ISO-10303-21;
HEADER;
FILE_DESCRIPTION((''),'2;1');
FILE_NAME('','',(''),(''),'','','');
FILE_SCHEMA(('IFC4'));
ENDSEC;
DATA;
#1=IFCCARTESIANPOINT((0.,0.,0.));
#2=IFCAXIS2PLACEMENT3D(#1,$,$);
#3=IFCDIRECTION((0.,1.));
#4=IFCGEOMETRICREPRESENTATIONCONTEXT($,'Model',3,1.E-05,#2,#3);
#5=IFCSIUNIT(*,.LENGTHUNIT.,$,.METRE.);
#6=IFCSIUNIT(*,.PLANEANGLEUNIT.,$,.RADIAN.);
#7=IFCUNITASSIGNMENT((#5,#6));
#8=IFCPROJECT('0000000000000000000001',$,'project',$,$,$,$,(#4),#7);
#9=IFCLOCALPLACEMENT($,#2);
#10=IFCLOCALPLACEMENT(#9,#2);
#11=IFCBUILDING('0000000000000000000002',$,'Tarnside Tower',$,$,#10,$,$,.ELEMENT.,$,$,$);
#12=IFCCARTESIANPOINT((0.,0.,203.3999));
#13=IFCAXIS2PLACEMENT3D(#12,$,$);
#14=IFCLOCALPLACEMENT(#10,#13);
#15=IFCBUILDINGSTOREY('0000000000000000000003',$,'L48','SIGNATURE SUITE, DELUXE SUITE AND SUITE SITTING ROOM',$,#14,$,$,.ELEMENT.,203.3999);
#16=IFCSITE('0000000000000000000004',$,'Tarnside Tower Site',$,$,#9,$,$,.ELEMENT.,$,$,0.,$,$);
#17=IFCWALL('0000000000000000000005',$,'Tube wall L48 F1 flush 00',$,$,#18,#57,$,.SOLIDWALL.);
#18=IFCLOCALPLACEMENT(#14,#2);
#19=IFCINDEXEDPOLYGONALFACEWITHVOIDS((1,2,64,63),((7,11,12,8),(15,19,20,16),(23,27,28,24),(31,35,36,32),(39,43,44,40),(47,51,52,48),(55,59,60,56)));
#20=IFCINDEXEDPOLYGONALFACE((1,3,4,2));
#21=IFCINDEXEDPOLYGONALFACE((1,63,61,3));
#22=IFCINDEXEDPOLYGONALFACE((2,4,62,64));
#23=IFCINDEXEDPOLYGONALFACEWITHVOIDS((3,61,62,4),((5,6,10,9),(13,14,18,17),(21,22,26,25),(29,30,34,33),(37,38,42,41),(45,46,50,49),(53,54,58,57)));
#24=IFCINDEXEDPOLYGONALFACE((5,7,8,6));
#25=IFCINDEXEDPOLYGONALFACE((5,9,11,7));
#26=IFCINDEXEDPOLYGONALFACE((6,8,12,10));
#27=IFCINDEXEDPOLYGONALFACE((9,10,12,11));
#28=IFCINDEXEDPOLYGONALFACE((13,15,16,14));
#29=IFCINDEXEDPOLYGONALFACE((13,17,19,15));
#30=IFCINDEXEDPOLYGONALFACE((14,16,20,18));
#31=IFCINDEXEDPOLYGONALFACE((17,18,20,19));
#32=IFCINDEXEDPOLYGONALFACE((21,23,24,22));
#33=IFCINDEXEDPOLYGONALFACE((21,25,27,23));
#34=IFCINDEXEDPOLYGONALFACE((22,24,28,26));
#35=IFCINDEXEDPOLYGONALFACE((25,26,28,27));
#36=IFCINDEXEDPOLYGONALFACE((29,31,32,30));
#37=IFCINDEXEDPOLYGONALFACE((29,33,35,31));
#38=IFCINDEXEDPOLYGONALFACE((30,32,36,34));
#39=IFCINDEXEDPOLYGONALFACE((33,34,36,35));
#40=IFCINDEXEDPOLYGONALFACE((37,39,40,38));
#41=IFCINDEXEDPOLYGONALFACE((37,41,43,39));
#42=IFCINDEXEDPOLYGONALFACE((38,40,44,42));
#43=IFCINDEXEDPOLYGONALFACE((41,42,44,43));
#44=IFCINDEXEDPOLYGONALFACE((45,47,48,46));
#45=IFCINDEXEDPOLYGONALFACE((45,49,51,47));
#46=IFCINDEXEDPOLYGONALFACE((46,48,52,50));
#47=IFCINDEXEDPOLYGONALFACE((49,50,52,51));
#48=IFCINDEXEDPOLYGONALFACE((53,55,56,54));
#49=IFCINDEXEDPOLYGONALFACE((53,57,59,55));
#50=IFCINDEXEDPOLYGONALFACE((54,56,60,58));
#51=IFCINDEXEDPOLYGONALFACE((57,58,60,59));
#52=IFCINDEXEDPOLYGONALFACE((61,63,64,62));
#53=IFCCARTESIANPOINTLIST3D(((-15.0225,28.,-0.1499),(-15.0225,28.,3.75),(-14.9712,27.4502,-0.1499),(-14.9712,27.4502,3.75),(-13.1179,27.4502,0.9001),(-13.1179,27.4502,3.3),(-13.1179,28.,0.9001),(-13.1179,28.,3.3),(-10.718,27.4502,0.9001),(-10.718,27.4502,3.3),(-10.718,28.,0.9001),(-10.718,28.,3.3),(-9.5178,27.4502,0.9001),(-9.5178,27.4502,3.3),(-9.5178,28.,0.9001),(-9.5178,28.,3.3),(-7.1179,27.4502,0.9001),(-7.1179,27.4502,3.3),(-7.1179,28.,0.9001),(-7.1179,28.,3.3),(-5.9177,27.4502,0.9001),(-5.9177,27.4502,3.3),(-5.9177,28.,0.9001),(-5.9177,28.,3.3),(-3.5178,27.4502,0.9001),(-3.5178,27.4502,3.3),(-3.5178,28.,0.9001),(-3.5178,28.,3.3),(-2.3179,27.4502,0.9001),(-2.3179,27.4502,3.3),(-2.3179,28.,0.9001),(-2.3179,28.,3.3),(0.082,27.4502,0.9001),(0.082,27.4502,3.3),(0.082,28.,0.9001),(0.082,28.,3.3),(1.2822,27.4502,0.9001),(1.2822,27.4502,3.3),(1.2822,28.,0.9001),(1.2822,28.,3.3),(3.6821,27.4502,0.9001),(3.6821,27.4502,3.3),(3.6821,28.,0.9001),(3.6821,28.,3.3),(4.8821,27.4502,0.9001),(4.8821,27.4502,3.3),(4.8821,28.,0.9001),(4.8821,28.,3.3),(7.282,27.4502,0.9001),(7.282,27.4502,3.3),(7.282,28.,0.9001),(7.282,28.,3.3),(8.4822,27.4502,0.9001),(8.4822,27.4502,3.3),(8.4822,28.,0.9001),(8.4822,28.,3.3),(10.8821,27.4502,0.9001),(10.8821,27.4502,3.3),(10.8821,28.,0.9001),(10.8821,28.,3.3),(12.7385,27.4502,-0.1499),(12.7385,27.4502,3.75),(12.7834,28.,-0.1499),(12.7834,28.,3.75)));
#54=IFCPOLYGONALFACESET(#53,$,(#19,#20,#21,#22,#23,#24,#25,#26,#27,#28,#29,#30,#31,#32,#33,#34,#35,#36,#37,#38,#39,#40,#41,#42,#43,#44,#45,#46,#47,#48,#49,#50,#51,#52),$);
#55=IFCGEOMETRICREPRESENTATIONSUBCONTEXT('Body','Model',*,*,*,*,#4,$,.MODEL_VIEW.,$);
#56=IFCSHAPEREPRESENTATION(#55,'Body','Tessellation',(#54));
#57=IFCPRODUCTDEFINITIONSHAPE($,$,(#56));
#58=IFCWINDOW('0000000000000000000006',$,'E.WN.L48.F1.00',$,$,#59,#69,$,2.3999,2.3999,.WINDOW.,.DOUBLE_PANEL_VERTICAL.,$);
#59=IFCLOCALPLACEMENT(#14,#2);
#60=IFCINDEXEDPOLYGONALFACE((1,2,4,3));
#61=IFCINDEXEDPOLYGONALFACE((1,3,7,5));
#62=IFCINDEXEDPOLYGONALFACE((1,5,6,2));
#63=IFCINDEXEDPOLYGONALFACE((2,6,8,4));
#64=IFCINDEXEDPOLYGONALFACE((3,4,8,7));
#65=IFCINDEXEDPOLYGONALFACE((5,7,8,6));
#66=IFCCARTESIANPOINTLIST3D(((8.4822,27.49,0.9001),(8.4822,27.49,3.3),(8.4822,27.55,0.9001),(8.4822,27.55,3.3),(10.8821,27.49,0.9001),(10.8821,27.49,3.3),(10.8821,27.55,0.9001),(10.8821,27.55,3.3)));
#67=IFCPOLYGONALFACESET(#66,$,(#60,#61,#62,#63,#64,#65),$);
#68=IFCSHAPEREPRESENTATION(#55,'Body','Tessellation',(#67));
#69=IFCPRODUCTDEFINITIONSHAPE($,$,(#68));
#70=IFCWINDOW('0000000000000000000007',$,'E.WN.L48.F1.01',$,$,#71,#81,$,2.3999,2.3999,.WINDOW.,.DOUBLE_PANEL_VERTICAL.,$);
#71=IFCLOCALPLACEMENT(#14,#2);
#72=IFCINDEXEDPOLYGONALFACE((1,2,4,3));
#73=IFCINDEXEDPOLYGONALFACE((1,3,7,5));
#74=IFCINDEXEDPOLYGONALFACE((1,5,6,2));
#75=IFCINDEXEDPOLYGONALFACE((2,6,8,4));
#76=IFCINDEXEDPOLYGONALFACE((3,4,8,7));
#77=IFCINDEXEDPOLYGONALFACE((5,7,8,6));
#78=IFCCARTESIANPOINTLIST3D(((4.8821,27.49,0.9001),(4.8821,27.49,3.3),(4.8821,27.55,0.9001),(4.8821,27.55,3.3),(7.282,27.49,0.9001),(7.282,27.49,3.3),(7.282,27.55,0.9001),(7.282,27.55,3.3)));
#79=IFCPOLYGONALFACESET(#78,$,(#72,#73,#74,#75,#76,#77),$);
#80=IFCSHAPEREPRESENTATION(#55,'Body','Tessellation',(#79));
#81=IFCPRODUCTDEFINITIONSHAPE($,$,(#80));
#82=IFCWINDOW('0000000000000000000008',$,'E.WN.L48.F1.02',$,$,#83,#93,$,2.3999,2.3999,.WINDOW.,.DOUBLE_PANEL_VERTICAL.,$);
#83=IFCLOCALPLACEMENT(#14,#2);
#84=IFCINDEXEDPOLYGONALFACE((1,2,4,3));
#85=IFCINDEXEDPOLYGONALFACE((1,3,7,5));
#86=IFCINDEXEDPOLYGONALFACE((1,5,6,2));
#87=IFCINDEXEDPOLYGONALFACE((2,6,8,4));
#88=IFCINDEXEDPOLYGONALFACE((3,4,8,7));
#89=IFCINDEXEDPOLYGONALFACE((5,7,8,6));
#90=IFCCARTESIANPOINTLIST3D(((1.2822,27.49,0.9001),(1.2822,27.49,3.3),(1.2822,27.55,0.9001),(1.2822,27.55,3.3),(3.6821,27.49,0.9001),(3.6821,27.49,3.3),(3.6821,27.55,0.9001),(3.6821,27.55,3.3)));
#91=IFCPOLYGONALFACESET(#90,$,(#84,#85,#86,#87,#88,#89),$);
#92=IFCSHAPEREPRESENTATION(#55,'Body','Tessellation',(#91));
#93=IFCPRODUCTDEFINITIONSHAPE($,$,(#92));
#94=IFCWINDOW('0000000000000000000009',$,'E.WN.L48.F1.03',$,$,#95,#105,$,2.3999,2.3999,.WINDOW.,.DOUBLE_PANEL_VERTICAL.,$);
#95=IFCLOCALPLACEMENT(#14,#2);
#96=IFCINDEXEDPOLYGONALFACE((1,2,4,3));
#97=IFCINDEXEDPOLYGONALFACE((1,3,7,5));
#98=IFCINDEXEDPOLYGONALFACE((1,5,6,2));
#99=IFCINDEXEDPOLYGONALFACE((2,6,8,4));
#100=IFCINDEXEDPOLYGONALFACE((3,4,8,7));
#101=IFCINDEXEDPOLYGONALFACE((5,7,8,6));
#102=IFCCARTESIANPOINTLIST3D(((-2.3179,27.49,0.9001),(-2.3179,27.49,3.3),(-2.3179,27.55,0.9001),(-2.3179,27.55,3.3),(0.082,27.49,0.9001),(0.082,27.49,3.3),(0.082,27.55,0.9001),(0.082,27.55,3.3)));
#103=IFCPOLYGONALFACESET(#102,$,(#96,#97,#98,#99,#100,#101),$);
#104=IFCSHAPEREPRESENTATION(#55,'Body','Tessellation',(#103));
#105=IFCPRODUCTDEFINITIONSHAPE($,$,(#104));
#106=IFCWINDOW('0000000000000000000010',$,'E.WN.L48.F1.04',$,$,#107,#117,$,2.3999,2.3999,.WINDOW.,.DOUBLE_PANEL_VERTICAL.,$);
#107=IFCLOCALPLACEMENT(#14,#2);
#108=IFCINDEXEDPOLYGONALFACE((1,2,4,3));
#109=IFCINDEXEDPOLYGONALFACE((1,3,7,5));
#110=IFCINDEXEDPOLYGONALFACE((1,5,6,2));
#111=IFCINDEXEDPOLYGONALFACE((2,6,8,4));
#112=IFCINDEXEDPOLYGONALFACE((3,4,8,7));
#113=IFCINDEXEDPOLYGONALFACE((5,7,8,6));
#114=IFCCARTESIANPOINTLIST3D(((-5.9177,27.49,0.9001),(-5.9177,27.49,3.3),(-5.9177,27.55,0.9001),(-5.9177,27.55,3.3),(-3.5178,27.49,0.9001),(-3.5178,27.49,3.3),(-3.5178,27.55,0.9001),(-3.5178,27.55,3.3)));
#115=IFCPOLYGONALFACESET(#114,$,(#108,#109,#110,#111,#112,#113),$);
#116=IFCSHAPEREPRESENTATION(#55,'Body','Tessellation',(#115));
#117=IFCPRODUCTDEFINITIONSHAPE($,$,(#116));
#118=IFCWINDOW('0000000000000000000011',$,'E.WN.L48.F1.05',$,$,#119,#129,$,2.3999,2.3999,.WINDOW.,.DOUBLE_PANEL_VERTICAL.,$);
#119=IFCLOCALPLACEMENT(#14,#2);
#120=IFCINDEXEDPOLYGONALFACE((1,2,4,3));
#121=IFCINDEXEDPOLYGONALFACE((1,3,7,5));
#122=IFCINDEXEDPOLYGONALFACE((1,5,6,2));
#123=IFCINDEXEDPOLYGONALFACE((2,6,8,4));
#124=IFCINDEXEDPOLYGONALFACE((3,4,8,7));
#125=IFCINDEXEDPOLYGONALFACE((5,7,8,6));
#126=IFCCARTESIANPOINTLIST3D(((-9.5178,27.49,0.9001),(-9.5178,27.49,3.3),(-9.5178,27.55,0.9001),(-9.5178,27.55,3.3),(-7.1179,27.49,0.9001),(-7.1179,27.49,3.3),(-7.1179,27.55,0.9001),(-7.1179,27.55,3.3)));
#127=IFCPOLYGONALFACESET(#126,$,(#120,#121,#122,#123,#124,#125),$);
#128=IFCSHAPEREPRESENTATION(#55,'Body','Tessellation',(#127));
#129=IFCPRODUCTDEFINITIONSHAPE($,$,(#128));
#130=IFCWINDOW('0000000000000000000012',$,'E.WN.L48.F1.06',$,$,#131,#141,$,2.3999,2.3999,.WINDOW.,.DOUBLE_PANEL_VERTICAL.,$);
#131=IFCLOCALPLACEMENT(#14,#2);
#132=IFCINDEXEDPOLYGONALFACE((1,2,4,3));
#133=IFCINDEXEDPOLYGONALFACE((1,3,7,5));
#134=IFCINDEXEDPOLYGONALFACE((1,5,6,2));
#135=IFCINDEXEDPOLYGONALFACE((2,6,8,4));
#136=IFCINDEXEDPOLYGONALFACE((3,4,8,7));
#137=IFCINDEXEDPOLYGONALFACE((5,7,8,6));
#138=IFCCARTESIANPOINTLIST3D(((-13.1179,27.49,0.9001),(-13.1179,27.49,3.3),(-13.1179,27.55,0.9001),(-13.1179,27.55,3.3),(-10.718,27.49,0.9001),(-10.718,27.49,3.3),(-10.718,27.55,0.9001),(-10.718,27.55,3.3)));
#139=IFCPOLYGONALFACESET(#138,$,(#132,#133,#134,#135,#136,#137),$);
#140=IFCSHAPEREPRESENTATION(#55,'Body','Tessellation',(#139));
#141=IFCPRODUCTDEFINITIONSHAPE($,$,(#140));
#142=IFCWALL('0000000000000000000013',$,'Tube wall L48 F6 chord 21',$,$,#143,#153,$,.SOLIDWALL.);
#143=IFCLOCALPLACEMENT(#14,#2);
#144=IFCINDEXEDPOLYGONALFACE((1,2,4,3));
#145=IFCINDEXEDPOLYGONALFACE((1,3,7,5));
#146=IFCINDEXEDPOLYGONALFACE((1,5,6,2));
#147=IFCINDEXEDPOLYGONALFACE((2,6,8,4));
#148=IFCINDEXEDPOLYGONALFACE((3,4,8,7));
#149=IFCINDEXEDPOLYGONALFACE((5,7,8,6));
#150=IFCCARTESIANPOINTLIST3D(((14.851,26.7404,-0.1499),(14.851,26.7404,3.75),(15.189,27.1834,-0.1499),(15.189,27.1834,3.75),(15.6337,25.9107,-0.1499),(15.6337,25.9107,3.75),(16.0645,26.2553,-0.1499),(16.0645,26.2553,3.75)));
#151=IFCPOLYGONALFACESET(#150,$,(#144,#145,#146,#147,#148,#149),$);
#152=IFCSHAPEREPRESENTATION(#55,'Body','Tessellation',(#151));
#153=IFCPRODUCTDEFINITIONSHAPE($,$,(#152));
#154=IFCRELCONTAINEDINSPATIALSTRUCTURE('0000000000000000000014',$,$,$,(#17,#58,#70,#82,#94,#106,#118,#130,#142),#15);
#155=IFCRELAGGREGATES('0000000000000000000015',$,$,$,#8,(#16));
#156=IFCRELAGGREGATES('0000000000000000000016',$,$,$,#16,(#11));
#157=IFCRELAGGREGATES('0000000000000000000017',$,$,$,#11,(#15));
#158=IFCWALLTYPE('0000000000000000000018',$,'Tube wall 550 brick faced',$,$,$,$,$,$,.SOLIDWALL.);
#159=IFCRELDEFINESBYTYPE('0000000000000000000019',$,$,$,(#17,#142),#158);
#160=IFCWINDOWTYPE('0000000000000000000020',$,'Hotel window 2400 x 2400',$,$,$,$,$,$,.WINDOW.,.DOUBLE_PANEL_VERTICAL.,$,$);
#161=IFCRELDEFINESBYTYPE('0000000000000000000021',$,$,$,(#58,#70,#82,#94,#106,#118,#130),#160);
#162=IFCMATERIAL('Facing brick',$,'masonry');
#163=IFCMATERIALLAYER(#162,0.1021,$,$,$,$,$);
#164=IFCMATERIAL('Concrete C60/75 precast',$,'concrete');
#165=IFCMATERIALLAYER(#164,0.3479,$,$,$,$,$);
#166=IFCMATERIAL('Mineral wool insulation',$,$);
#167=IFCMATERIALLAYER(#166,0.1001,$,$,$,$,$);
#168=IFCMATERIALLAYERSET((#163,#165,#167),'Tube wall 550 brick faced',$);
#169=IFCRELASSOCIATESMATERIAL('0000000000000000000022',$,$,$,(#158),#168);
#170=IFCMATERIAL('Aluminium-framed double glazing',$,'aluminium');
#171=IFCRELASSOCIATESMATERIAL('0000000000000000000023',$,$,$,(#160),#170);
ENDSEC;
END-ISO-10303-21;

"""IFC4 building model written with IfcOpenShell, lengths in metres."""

from ifc_helpers import new_model, si_unit, direction, frame, frame_2d, origin, place, context, subcontext, project, spatial, polyline, rectangle, outline, extrude, material, layer, layer_set, type_object, element, fill, save


model = new_model("IFC4")

# Units and contexts
model_context = context("Model", 3, precision=1e-05, world=origin(), true_north=direction((0.0, 1.0)))
body_context = subcontext(model_context, "Body", "Model", "MODEL_VIEW")
ifc_project = project(units=[si_unit("LENGTHUNIT", "METRE"), si_unit("PLANEANGLEUNIT", "RADIAN")], contexts=[model_context])

# Site, building, storey
site_placement = place(None, origin())
site = spatial("IfcSite", under=ifc_project, at=site_placement, Name="Tarnside Tower Site", CompositionType="ELEMENT", RefElevation=0.0)
building_placement = place(site_placement, origin())
building = spatial("IfcBuilding", under=site, at=building_placement, Name="Tarnside Tower", CompositionType="ELEMENT")
storey_placement = place(building_placement, frame((0.0, 0.0, 203.3999)))
storey = spatial("IfcBuildingStorey", under=building, at=storey_placement, Name="L48", Description="SIGNATURE SUITE, DELUXE SUITE AND SUITE SITTING ROOM", CompositionType="ELEMENT", Elevation=203.3999)

# Wall, openings, windows
ifc_material_1 = material(Name="Facing brick", Category="masonry")
ifc_layer_1 = layer(ifc_material_1, 0.1021)
ifc_material_2 = material(Name="Concrete C60/75 precast", Category="concrete")
ifc_layer_2 = layer(ifc_material_2, 0.3479)
ifc_material_3 = material(Name="Mineral wool insulation")
ifc_layer_3 = layer(ifc_material_3, 0.1001)
ifc_layer_set_1 = layer_set([ifc_layer_1, ifc_layer_2, ifc_layer_3], Name="Tube wall 550 brick faced")
wall_type_1 = type_object("IfcWallType", Name="Tube wall 550 brick faced", PredefinedType="SOLIDWALL", material=ifc_layer_set_1)
wall_1_placement = place(storey_placement, frame((12.761, 27.7251, -0.1499), z_axis=(0.0, 0.0, 1.0), x_axis=(-1.0, 0.0, 0.0)))
wall_1 = element("IfcWall", 1, at=wall_1_placement, inside=storey, type_object=wall_type_1, Name="Tube wall L48 F1 flush 00", PredefinedType="SOLIDWALL", context=body_context, shape_type="SweptSolid", body=[
    extrude(outline(polyline([(-0.0225, -0.2749), (27.7834, -0.2749), (27.7322, 0.2749), (0.0225, 0.2749), (-0.0225, -0.2749)])), origin(), (0.0, 0.0, 1.0), 3.8999),
])
opening_1_placement = place(wall_1_placement, frame((1.8789, 0.0, 1.05)))
opening_1 = element("IfcOpeningElement", 2, at=opening_1_placement, cuts=wall_1, PredefinedType="OPENING", context=body_context, shape_type="SweptSolid", body=[
    extrude(rectangle(XDim=2.3999, YDim=2.3999, at=frame_2d((1.2, 1.2))), frame((0.0, 0.2852, 0.0), z_axis=(0.0, -1.0, 0.0), x_axis=(1.0, 0.0, 0.0)), (0.0, 0.0, 1.0), 0.5701),
])
opening_2_placement = place(wall_1_placement, frame((5.479, 0.0, 1.05)))
opening_2 = element("IfcOpeningElement", 3, at=opening_2_placement, cuts=wall_1, PredefinedType="OPENING", context=body_context, shape_type="SweptSolid", body=[
    extrude(rectangle(XDim=2.3999, YDim=2.3999, at=frame_2d((1.2, 1.2))), frame((0.0, 0.2852, 0.0), z_axis=(0.0, -1.0, 0.0), x_axis=(1.0, 0.0, 0.0)), (0.0, 0.0, 1.0), 0.5701),
])
opening_3_placement = place(wall_1_placement, frame((9.0789, 0.0, 1.05)))
opening_3 = element("IfcOpeningElement", 4, at=opening_3_placement, cuts=wall_1, PredefinedType="OPENING", context=body_context, shape_type="SweptSolid", body=[
    extrude(rectangle(XDim=2.3999, YDim=2.3999, at=frame_2d((1.2, 1.2))), frame((0.0, 0.2852, 0.0), z_axis=(0.0, -1.0, 0.0), x_axis=(1.0, 0.0, 0.0)), (0.0, 0.0, 1.0), 0.5701),
])
opening_4_placement = place(wall_1_placement, frame((12.679, 0.0, 1.05)))
opening_4 = element("IfcOpeningElement", 5, at=opening_4_placement, cuts=wall_1, PredefinedType="OPENING", context=body_context, shape_type="SweptSolid", body=[
    extrude(rectangle(XDim=2.3999, YDim=2.3999, at=frame_2d((1.2, 1.2))), frame((0.0, 0.2852, 0.0), z_axis=(0.0, -1.0, 0.0), x_axis=(1.0, 0.0, 0.0)), (0.0, 0.0, 1.0), 0.5701),
])
opening_5_placement = place(wall_1_placement, frame((16.2788, 0.0, 1.05)))
opening_5 = element("IfcOpeningElement", 6, at=opening_5_placement, cuts=wall_1, PredefinedType="OPENING", context=body_context, shape_type="SweptSolid", body=[
    extrude(rectangle(XDim=2.3999, YDim=2.3999, at=frame_2d((1.2, 1.2))), frame((0.0, 0.2852, 0.0), z_axis=(0.0, -1.0, 0.0), x_axis=(1.0, 0.0, 0.0)), (0.0, 0.0, 1.0), 0.5701),
])
opening_6_placement = place(wall_1_placement, frame((19.8789, 0.0, 1.05)))
opening_6 = element("IfcOpeningElement", 7, at=opening_6_placement, cuts=wall_1, PredefinedType="OPENING", context=body_context, shape_type="SweptSolid", body=[
    extrude(rectangle(XDim=2.3999, YDim=2.3999, at=frame_2d((1.2, 1.2))), frame((0.0, 0.2852, 0.0), z_axis=(0.0, -1.0, 0.0), x_axis=(1.0, 0.0, 0.0)), (0.0, 0.0, 1.0), 0.5701),
])
opening_7_placement = place(wall_1_placement, frame((23.479, 0.0, 1.05)))
opening_7 = element("IfcOpeningElement", 8, at=opening_7_placement, cuts=wall_1, PredefinedType="OPENING", context=body_context, shape_type="SweptSolid", body=[
    extrude(rectangle(XDim=2.3999, YDim=2.3999, at=frame_2d((1.2, 1.2))), frame((0.0, 0.2852, 0.0), z_axis=(0.0, -1.0, 0.0), x_axis=(1.0, 0.0, 0.0)), (0.0, 0.0, 1.0), 0.5701),
])
ifc_material_4 = material(Name="Aluminium-framed double glazing", Category="aluminium")
window_type = type_object("IfcWindowType", Name="Hotel window 2400 x 2400", PartitioningType="DOUBLE_PANEL_VERTICAL", PredefinedType="WINDOW", material=ifc_material_4)
window_1_placement = place(opening_1_placement, frame((0.0, 0.2051, 0.0)))
window_1 = element("IfcWindow", 9, at=window_1_placement, inside=storey, type_object=window_type, Name="E.WN.L48.F1.00", OverallHeight=2.3999, OverallWidth=2.3999, PartitioningType="DOUBLE_PANEL_VERTICAL", PredefinedType="WINDOW", context=body_context, shape_type="SweptSolid", body=[
    extrude(rectangle(XDim=2.3999, YDim=2.3999, at=frame_2d((1.2, 1.2))), frame((0.0, 0.03, 0.0), z_axis=(0.0, -1.0, 0.0), x_axis=(1.0, 0.0, 0.0)), (0.0, 0.0, 1.0), 0.0601),
])
fill(opening_1, window_1)
window_2_placement = place(opening_2_placement, frame((0.0, 0.2051, 0.0)))
window_2 = element("IfcWindow", 10, at=window_2_placement, inside=storey, type_object=window_type, Name="E.WN.L48.F1.01", OverallHeight=2.3999, OverallWidth=2.3999, PartitioningType="DOUBLE_PANEL_VERTICAL", PredefinedType="WINDOW", context=body_context, shape_type="SweptSolid", body=[
    extrude(rectangle(XDim=2.3999, YDim=2.3999, at=frame_2d((1.2, 1.2))), frame((0.0, 0.03, 0.0), z_axis=(0.0, -1.0, 0.0), x_axis=(1.0, 0.0, 0.0)), (0.0, 0.0, 1.0), 0.0601),
])
fill(opening_2, window_2)
window_3_placement = place(opening_3_placement, frame((0.0, 0.2051, 0.0)))
window_3 = element("IfcWindow", 11, at=window_3_placement, inside=storey, type_object=window_type, Name="E.WN.L48.F1.02", OverallHeight=2.3999, OverallWidth=2.3999, PartitioningType="DOUBLE_PANEL_VERTICAL", PredefinedType="WINDOW", context=body_context, shape_type="SweptSolid", body=[
    extrude(rectangle(XDim=2.3999, YDim=2.3999, at=frame_2d((1.2, 1.2))), frame((0.0, 0.03, 0.0), z_axis=(0.0, -1.0, 0.0), x_axis=(1.0, 0.0, 0.0)), (0.0, 0.0, 1.0), 0.0601),
])
fill(opening_3, window_3)
window_4_placement = place(opening_4_placement, frame((0.0, 0.2051, 0.0)))
window_4 = element("IfcWindow", 12, at=window_4_placement, inside=storey, type_object=window_type, Name="E.WN.L48.F1.03", OverallHeight=2.3999, OverallWidth=2.3999, PartitioningType="DOUBLE_PANEL_VERTICAL", PredefinedType="WINDOW", context=body_context, shape_type="SweptSolid", body=[
    extrude(rectangle(XDim=2.3999, YDim=2.3999, at=frame_2d((1.2, 1.2))), frame((0.0, 0.03, 0.0), z_axis=(0.0, -1.0, 0.0), x_axis=(1.0, 0.0, 0.0)), (0.0, 0.0, 1.0), 0.0601),
])
fill(opening_4, window_4)
window_5_placement = place(opening_5_placement, frame((0.0, 0.2051, 0.0)))
window_5 = element("IfcWindow", 13, at=window_5_placement, inside=storey, type_object=window_type, Name="E.WN.L48.F1.04", OverallHeight=2.3999, OverallWidth=2.3999, PartitioningType="DOUBLE_PANEL_VERTICAL", PredefinedType="WINDOW", context=body_context, shape_type="SweptSolid", body=[
    extrude(rectangle(XDim=2.3999, YDim=2.3999, at=frame_2d((1.2, 1.2))), frame((0.0, 0.03, 0.0), z_axis=(0.0, -1.0, 0.0), x_axis=(1.0, 0.0, 0.0)), (0.0, 0.0, 1.0), 0.0601),
])
fill(opening_5, window_5)
window_6_placement = place(opening_6_placement, frame((0.0, 0.2051, 0.0)))
window_6 = element("IfcWindow", 14, at=window_6_placement, inside=storey, type_object=window_type, Name="E.WN.L48.F1.05", OverallHeight=2.3999, OverallWidth=2.3999, PartitioningType="DOUBLE_PANEL_VERTICAL", PredefinedType="WINDOW", context=body_context, shape_type="SweptSolid", body=[
    extrude(rectangle(XDim=2.3999, YDim=2.3999, at=frame_2d((1.2, 1.2))), frame((0.0, 0.03, 0.0), z_axis=(0.0, -1.0, 0.0), x_axis=(1.0, 0.0, 0.0)), (0.0, 0.0, 1.0), 0.0601),
])
fill(opening_6, window_6)
window_7_placement = place(opening_7_placement, frame((0.0, 0.2051, 0.0)))
window_7 = element("IfcWindow", 15, at=window_7_placement, inside=storey, type_object=window_type, Name="E.WN.L48.F1.06", OverallHeight=2.3999, OverallWidth=2.3999, PartitioningType="DOUBLE_PANEL_VERTICAL", PredefinedType="WINDOW", context=body_context, shape_type="SweptSolid", body=[
    extrude(rectangle(XDim=2.3999, YDim=2.3999, at=frame_2d((1.2, 1.2))), frame((0.0, 0.03, 0.0), z_axis=(0.0, -1.0, 0.0), x_axis=(1.0, 0.0, 0.0)), (0.0, 0.0, 1.0), 0.0601),
])
fill(opening_7, window_7)

# Wall
wall_2_placement = place(storey_placement, frame((15.8491, 26.083, -0.1499), z_axis=(0.0, 0.0, 1.0), x_axis=(-0.686196, 0.727416, 0.0)))
element("IfcWall", 16, at=wall_2_placement, inside=storey, type_object=wall_type_1, Name="Tube wall L48 F6 chord 21", PredefinedType="SOLIDWALL", context=body_context, shape_type="SweptSolid", body=[
    extrude(outline(polyline([(-0.0225, -0.2749), (1.2534, -0.2749), (1.1631, 0.2749), (0.0225, 0.2749), (-0.0225, -0.2749)])), origin(), (0.0, 0.0, 1.0), 3.8999),
])

save(model, "model.ifc")
